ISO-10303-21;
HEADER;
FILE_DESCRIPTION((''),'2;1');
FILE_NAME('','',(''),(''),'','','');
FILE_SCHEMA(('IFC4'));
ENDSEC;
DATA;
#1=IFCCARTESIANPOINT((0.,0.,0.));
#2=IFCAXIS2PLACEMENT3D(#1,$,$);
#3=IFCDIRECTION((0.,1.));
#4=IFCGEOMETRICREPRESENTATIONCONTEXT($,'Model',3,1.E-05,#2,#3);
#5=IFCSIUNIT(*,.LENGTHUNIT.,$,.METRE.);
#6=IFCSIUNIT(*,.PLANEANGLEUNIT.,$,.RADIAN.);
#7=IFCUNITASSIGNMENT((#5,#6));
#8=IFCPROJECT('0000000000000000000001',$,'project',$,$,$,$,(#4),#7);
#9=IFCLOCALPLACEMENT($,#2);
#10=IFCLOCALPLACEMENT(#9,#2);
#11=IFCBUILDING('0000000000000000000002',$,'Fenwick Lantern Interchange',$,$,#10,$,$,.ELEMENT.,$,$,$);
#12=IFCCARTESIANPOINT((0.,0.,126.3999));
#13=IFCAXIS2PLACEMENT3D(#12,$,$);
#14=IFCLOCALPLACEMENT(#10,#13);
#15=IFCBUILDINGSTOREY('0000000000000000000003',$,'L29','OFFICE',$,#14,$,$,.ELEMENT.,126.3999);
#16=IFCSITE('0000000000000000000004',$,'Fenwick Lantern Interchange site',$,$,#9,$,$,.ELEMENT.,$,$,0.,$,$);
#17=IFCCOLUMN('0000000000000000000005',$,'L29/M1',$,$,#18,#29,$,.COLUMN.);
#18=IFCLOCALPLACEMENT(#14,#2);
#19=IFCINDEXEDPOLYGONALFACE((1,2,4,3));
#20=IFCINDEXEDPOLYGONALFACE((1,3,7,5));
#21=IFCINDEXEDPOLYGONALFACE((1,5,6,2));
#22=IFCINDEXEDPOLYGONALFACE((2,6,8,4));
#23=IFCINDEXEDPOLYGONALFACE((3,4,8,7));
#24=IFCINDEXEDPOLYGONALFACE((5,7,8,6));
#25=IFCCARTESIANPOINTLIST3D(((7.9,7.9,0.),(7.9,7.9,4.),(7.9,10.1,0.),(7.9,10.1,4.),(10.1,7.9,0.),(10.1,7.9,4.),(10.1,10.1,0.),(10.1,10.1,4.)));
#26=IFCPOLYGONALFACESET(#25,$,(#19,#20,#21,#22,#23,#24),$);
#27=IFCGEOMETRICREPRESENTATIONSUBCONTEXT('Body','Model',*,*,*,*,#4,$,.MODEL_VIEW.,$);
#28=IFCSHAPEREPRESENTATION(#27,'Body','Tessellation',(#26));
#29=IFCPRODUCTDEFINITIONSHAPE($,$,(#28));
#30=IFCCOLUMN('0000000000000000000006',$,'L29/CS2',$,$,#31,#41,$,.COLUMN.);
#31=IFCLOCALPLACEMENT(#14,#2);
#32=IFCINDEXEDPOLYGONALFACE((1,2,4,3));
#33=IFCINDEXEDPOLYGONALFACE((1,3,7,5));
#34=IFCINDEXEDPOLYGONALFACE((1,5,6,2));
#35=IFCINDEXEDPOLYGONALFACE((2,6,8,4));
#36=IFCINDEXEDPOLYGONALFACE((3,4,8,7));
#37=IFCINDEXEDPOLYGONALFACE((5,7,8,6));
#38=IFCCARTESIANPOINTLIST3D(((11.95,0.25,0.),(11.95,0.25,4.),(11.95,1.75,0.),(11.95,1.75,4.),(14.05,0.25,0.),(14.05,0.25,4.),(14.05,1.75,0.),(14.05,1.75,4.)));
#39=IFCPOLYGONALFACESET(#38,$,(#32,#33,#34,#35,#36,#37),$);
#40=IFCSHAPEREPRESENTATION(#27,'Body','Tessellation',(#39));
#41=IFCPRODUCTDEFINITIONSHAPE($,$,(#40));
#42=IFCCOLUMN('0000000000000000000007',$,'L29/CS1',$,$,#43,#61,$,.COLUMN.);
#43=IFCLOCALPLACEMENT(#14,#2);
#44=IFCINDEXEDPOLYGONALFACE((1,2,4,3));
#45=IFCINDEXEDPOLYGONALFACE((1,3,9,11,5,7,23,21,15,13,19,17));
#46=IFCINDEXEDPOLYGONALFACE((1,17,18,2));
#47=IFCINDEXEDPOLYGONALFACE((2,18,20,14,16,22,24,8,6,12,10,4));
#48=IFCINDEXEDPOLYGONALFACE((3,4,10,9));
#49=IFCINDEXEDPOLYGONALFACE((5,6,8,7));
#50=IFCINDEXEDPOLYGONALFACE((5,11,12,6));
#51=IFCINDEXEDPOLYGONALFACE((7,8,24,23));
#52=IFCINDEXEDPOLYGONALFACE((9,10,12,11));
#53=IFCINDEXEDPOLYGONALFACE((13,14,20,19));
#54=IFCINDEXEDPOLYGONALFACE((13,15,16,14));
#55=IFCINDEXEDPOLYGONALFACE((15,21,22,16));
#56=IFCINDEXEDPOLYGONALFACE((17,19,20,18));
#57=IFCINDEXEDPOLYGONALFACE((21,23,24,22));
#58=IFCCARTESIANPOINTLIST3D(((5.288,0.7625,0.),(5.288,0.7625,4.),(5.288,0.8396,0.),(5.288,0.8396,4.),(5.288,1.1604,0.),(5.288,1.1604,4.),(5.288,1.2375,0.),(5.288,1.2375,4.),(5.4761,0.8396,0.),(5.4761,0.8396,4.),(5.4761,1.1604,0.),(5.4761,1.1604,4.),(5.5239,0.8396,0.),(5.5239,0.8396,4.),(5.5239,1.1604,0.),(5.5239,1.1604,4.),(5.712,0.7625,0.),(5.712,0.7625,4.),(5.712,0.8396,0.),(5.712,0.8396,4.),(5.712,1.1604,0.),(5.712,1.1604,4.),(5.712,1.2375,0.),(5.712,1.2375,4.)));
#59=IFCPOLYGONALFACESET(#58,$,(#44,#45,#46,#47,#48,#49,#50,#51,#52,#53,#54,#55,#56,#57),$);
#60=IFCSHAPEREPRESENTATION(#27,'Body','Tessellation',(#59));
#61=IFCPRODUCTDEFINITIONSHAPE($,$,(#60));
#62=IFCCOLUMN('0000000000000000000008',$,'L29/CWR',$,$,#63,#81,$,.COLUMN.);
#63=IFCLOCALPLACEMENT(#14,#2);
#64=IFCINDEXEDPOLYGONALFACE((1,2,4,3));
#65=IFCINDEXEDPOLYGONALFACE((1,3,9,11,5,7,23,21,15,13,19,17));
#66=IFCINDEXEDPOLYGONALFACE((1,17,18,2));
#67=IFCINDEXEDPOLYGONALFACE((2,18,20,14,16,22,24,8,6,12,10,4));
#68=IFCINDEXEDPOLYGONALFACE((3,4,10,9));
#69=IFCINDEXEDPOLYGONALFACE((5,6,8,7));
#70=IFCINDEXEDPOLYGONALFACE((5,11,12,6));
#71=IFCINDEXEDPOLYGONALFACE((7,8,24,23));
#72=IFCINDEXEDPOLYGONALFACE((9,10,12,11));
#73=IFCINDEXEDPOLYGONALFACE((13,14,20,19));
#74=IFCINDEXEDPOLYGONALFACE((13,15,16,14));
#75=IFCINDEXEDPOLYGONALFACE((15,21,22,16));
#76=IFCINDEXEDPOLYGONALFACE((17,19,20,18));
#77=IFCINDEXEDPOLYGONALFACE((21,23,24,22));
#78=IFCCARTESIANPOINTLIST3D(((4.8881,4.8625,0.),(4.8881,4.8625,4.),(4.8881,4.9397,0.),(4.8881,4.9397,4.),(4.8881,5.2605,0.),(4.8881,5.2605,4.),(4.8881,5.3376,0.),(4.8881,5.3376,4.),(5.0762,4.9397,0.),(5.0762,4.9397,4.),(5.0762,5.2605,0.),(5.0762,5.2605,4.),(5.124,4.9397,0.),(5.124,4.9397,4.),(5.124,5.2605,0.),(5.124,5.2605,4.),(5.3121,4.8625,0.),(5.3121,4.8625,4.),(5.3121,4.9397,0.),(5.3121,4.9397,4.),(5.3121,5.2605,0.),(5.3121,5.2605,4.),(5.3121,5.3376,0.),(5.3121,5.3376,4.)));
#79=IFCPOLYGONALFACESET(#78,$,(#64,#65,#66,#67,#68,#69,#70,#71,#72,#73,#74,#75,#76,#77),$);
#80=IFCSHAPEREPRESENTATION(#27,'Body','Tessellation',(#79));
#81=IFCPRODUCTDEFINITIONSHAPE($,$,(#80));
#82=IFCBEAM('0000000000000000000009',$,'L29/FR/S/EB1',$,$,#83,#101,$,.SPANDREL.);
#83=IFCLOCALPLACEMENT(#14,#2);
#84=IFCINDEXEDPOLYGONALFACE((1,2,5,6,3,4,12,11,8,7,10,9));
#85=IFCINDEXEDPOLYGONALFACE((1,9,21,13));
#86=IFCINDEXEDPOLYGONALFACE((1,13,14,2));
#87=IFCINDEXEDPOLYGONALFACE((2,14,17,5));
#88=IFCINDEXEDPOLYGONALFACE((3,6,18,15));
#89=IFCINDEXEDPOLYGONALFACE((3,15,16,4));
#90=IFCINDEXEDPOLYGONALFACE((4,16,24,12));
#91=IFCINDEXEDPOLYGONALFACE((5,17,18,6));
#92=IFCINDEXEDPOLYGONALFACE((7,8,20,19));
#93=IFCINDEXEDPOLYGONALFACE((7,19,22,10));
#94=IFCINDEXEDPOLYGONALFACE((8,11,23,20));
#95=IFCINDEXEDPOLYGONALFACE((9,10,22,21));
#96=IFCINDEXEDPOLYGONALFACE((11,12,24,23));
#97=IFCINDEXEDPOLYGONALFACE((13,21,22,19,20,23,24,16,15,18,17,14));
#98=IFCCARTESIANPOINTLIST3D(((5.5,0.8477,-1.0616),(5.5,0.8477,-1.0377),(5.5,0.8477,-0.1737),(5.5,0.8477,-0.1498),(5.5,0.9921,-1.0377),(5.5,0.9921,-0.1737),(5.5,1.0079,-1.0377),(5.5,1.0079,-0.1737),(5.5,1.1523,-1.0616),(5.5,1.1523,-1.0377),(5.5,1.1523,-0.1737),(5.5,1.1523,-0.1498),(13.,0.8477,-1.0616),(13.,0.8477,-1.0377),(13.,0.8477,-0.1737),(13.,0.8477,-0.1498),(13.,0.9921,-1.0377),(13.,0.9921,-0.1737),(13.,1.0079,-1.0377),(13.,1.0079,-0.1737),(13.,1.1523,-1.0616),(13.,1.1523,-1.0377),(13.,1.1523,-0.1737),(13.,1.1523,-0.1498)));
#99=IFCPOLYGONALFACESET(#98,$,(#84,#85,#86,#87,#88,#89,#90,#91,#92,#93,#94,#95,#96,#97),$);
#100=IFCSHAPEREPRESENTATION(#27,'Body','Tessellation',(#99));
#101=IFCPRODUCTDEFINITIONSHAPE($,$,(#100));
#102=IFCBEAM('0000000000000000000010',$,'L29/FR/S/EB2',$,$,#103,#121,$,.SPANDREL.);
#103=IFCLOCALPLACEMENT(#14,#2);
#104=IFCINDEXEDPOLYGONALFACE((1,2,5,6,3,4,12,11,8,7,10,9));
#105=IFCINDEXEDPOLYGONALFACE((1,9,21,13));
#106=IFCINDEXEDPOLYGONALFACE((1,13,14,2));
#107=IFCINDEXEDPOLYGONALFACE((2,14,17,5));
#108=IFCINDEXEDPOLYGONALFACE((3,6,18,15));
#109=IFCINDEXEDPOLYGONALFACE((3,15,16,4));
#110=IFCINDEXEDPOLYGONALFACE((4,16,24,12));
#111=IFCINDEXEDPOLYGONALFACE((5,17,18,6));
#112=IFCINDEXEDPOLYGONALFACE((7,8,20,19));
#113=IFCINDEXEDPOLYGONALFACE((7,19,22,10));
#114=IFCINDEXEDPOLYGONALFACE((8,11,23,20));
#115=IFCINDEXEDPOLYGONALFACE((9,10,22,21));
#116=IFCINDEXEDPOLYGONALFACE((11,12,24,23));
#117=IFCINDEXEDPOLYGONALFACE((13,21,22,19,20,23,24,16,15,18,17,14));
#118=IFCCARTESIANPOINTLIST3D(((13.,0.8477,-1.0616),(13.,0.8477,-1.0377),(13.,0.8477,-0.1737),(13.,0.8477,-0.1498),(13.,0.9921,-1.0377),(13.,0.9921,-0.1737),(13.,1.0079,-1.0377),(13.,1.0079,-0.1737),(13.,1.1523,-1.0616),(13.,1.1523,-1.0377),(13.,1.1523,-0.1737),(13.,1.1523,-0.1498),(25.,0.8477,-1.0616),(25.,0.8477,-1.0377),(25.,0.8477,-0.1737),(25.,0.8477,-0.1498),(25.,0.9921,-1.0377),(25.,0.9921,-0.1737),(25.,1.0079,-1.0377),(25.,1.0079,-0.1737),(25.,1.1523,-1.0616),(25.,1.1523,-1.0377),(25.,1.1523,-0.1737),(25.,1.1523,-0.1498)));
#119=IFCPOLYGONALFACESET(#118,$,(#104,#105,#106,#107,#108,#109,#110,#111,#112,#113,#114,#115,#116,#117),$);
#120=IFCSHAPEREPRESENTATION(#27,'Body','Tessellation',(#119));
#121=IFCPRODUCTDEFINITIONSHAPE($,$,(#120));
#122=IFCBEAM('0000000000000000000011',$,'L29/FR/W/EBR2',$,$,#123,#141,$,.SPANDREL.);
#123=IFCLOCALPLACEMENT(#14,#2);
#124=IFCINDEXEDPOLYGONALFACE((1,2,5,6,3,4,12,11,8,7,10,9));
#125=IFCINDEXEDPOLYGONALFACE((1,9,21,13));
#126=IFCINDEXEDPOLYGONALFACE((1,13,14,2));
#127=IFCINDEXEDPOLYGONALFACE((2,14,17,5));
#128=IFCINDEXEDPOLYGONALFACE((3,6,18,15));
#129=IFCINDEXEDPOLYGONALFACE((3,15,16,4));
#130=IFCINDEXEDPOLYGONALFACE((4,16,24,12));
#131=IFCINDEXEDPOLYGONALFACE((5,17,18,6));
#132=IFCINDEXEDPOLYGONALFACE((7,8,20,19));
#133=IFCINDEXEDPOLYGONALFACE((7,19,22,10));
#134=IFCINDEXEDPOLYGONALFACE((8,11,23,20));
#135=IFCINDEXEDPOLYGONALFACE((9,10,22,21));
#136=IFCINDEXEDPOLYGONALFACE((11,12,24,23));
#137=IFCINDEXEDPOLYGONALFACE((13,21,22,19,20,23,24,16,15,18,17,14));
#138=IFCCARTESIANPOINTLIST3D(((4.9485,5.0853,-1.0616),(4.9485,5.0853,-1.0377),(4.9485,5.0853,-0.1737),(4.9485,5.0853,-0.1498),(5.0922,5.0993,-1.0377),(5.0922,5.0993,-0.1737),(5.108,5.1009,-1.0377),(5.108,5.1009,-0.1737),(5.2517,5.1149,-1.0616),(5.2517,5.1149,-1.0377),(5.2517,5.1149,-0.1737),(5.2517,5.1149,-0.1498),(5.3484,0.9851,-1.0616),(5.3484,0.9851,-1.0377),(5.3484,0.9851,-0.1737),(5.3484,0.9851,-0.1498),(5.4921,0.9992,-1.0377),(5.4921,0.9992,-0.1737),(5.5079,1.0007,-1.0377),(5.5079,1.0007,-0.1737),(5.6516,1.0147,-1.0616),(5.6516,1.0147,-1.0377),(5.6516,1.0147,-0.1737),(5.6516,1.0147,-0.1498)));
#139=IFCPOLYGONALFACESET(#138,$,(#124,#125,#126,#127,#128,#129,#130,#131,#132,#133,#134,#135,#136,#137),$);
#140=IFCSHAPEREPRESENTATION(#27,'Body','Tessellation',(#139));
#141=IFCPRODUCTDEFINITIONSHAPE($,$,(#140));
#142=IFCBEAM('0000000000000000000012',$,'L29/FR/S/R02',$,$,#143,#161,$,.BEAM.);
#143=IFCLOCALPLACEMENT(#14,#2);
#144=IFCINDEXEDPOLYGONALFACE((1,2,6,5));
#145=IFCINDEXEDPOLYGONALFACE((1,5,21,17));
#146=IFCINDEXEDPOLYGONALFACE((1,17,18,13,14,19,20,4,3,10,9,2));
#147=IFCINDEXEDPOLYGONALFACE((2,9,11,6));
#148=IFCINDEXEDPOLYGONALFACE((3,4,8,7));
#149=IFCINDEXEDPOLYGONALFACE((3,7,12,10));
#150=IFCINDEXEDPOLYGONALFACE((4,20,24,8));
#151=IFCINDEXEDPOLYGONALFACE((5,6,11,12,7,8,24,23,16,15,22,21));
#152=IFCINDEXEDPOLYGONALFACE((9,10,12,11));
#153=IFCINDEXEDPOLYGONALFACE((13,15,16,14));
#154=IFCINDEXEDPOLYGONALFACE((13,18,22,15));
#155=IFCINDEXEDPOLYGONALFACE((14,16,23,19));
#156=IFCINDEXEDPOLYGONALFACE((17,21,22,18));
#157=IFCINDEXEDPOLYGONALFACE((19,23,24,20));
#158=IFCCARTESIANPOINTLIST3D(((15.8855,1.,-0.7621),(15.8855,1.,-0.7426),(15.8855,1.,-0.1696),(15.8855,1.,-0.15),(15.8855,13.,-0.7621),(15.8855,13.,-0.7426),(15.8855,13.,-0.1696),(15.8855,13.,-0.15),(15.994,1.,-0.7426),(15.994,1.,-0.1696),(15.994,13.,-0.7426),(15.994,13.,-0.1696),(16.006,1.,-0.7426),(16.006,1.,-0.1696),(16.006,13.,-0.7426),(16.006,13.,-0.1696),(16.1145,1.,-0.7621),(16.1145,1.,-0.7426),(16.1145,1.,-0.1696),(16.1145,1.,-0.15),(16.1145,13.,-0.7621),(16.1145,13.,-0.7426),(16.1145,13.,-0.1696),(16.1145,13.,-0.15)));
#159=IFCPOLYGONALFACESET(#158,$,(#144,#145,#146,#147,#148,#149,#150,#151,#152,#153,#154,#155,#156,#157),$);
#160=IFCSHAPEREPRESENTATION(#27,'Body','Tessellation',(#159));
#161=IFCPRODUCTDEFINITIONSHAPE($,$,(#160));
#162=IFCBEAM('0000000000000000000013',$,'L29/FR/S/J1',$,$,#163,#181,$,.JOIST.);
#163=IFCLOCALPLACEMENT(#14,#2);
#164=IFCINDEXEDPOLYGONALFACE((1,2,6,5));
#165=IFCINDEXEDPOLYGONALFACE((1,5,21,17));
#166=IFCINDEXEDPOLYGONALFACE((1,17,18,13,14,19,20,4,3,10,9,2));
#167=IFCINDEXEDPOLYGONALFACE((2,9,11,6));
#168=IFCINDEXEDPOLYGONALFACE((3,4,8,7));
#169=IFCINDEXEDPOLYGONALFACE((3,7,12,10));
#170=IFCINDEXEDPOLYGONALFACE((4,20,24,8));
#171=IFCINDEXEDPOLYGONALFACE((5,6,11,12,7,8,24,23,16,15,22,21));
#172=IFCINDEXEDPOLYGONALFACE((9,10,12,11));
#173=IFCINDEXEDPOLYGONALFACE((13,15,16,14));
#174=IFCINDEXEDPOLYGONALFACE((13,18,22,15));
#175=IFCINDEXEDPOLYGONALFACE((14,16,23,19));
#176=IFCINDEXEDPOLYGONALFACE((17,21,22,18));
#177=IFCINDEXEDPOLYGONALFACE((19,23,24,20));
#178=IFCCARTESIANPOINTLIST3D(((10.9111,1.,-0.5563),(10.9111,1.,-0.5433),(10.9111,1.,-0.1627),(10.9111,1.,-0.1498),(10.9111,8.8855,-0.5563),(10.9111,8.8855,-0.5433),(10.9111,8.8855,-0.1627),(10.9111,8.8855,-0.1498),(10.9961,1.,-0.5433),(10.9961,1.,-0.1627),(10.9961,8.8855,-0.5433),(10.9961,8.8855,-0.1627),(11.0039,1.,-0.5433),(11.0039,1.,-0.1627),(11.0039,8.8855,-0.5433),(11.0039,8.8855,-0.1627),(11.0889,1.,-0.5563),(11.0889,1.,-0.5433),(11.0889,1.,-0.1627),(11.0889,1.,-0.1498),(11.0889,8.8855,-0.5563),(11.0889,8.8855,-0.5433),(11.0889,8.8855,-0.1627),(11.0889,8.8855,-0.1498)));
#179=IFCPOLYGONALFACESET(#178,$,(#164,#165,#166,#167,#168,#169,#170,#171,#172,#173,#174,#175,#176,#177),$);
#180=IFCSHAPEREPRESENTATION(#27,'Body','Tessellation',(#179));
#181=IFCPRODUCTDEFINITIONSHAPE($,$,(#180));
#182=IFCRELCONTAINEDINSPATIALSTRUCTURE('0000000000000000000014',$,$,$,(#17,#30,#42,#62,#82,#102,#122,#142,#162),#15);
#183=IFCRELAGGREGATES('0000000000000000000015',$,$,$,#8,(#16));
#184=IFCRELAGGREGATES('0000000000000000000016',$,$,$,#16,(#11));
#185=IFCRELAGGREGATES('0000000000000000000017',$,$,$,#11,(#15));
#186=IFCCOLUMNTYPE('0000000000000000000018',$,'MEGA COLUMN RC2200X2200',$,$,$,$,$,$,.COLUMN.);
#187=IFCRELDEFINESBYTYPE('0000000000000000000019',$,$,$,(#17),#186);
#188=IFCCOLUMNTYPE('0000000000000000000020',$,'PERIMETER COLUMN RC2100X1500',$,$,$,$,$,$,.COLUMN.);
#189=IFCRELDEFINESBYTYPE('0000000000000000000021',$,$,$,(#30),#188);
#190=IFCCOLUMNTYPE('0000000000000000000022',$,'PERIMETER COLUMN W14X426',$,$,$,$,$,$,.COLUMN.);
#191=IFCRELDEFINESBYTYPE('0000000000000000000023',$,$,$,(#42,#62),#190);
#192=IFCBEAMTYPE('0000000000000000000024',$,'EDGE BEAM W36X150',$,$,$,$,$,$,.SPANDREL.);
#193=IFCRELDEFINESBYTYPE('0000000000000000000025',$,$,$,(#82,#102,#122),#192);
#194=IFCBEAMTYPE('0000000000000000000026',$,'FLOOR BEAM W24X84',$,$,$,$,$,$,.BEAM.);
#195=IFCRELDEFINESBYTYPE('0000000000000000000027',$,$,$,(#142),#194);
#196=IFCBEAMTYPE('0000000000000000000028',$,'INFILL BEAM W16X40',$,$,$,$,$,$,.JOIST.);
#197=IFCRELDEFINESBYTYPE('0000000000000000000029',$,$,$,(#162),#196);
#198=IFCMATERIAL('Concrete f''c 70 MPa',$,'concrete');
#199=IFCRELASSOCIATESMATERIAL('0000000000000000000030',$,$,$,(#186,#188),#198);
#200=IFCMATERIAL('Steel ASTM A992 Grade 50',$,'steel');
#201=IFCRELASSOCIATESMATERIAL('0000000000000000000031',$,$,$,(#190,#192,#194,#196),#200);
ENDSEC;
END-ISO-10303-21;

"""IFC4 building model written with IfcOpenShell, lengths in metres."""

from ifc_helpers import new_model, si_unit, direction, frame, origin, origin_2d, place, context, subcontext, project, spatial, rectangle, i_section, extrude, material, material_profile, profile_set, type_object, element, save


model = new_model("IFC4")

# Units and contexts
model_context = context("Model", 3, precision=1e-05, world=origin(), true_north=direction((0.0, 1.0)))
body_context = subcontext(model_context, "Body", "Model", "MODEL_VIEW")
ifc_project = project(units=[si_unit("LENGTHUNIT", "METRE"), si_unit("PLANEANGLEUNIT", "RADIAN")], contexts=[model_context])

# Site, building, storey
site_placement = place(None, origin())
site = spatial("IfcSite", under=ifc_project, at=site_placement, Name="Fenwick Lantern Interchange site", CompositionType="ELEMENT", RefElevation=0.0)
building_placement = place(site_placement, origin())
building = spatial("IfcBuilding", under=site, at=building_placement, Name="Fenwick Lantern Interchange", CompositionType="ELEMENT")
storey_placement = place(building_placement, frame((0.0, 0.0, 126.3999)))
storey = spatial("IfcBuildingStorey", under=building, at=storey_placement, Name="L29", Description="OFFICE", CompositionType="ELEMENT", Elevation=126.3999)

# Columns
ifc_material_1 = material(Name="Concrete f'c 70 MPa", Category="concrete")
ifc_material_profile_1 = material_profile(ifc_material_1, rectangle(XDim=2.2, YDim=2.2, at=origin_2d()), Name="RC2200X2200")
ifc_profile_set_1 = profile_set([ifc_material_profile_1], Name="Concrete f'c 70 MPa")
column_type_1 = type_object("IfcColumnType", Name="MEGA COLUMN RC2200X2200", PredefinedType="COLUMN", material=ifc_profile_set_1)
column_1_placement = place(storey_placement, frame((9.0, 9.0, 0.0), z_axis=(0.0, 0.0, 1.0), x_axis=(1.0, 0.0, 0.0)))
element("IfcColumn", 1, at=column_1_placement, inside=storey, type_object=column_type_1, Name="L29/M1", PredefinedType="COLUMN", context=body_context, shape_type="SweptSolid", body=[
    extrude(rectangle(XDim=2.2, YDim=2.2, at=origin_2d()), origin(), (0.0, 0.0, 1.0), 4.0),
])
ifc_material_profile_2 = material_profile(ifc_material_1, rectangle(XDim=2.1001, YDim=1.5, at=origin_2d()), Name="RC2100X1500")
ifc_profile_set_2 = profile_set([ifc_material_profile_2], Name="Concrete f'c 70 MPa")
column_type_2 = type_object("IfcColumnType", Name="PERIMETER COLUMN RC2100X1500", PredefinedType="COLUMN", material=ifc_profile_set_2)
column_2_placement = place(storey_placement, frame((13.0, 1.0, 0.0), z_axis=(0.0, 0.0, 1.0), x_axis=(1.0, 0.0, 0.0)))
element("IfcColumn", 2, at=column_2_placement, inside=storey, type_object=column_type_2, Name="L29/CS2", PredefinedType="COLUMN", context=body_context, shape_type="SweptSolid", body=[
    extrude(rectangle(XDim=2.1001, YDim=1.5, at=origin_2d()), origin(), (0.0, 0.0, 1.0), 4.0),
])
ifc_material_2 = material(Name="Steel ASTM A992 Grade 50", Category="steel")
ifc_material_profile_3 = material_profile(ifc_material_2, i_section(OverallWidth=0.4241, OverallDepth=0.4751, WebThickness=0.0479, FlangeThickness=0.0771, at=origin_2d()), Name="W14X426")
ifc_profile_set_3 = profile_set([ifc_material_profile_3], Name="Steel ASTM A992 Grade 50")
column_type_3 = type_object("IfcColumnType", Name="PERIMETER COLUMN W14X426", PredefinedType="COLUMN", material=ifc_profile_set_3)
for number, where, z_axis, x_axis, name in (
    (3, (5.5, 1.0, 0.0), (0.0, 0.0, 1.0), (1.0, 0.0, 0.0), "L29/CS1"),
    (4, (5.1001, 5.1001, 0.0), (0.0, 0.0, 1.0), (1.0, 0.0, 0.0), "L29/CWR"),
):
    element("IfcColumn", number, at=place(storey_placement, frame(where, z_axis=z_axis, x_axis=x_axis)), inside=storey, type_object=column_type_3, Name=name, PredefinedType="COLUMN", context=body_context, shape_type="SweptSolid", body=[
        extrude(i_section(OverallWidth=0.4241, OverallDepth=0.4751, WebThickness=0.0479, FlangeThickness=0.0771, at=origin_2d()), origin(), (0.0, 0.0, 1.0), 4.0),
    ])

# Beams
ifc_material_profile_4 = material_profile(ifc_material_2, i_section(OverallWidth=0.3047, OverallDepth=0.9119, WebThickness=0.0159, FlangeThickness=0.0239, at=origin_2d()), Name="W36X150")
ifc_profile_set_4 = profile_set([ifc_material_profile_4], Name="Steel ASTM A992 Grade 50")
beam_type_1 = type_object("IfcBeamType", Name="EDGE BEAM W36X150", PredefinedType="SPANDREL", material=ifc_profile_set_4)
beam_1_placement = place(storey_placement, frame((5.5, 1.0, -0.6057), z_axis=(1.0, 0.0, 0.0), x_axis=(0.0, 1.0, 0.0)))
element("IfcBeam", 5, at=beam_1_placement, inside=storey, type_object=beam_type_1, Name="L29/FR/S/EB1", PredefinedType="SPANDREL", context=body_context, shape_type="SweptSolid", body=[
    extrude(i_section(OverallWidth=0.3047, OverallDepth=0.9119, WebThickness=0.0159, FlangeThickness=0.0239, at=origin_2d()), origin(), (0.0, 0.0, 1.0), 7.5),
])
beam_2_placement = place(storey_placement, frame((13.0, 1.0, -0.6057), z_axis=(1.0, 0.0, 0.0), x_axis=(0.0, 1.0, 0.0)))
element("IfcBeam", 6, at=beam_2_placement, inside=storey, type_object=beam_type_1, Name="L29/FR/S/EB2", PredefinedType="SPANDREL", context=body_context, shape_type="SweptSolid", body=[
    extrude(i_section(OverallWidth=0.3047, OverallDepth=0.9119, WebThickness=0.0159, FlangeThickness=0.0239, at=origin_2d()), origin(), (0.0, 0.0, 1.0), 12.0),
])
beam_3_placement = place(storey_placement, frame((5.1001, 5.1001, -0.6057), z_axis=(0.097074, -0.995277, 0.0), x_axis=(0.995277, 0.097074, 0.0)))
element("IfcBeam", 7, at=beam_3_placement, inside=storey, type_object=beam_type_1, Name="L29/FR/W/EBR2", PredefinedType="SPANDREL", context=body_context, shape_type="SweptSolid", body=[
    extrude(i_section(OverallWidth=0.3047, OverallDepth=0.9119, WebThickness=0.0159, FlangeThickness=0.0239, at=origin_2d()), origin(), (0.0, 0.0, 1.0), 4.1196),
])
ifc_material_profile_5 = material_profile(ifc_material_2, i_section(OverallWidth=0.229, OverallDepth=0.6121, WebThickness=0.012, FlangeThickness=0.0195, at=origin_2d()), Name="W24X84")
ifc_profile_set_5 = profile_set([ifc_material_profile_5], Name="Steel ASTM A992 Grade 50")
beam_type_2 = type_object("IfcBeamType", Name="FLOOR BEAM W24X84", PredefinedType="BEAM", material=ifc_profile_set_5)
beam_4_placement = place(storey_placement, frame((16.0, 1.0, -0.4561), z_axis=(0.0, 1.0, 0.0), x_axis=(-1.0, 0.0, 0.0)))
element("IfcBeam", 8, at=beam_4_placement, inside=storey, type_object=beam_type_2, Name="L29/FR/S/R02", PredefinedType="BEAM", context=body_context, shape_type="SweptSolid", body=[
    extrude(i_section(OverallWidth=0.229, OverallDepth=0.6121, WebThickness=0.012, FlangeThickness=0.0195, at=origin_2d()), origin(), (0.0, 0.0, 1.0), 12.0),
])
ifc_material_profile_6 = material_profile(ifc_material_2, i_section(OverallWidth=0.1777, OverallDepth=0.4065, WebThickness=0.0078, FlangeThickness=0.0129, at=origin_2d()), Name="W16X40")
ifc_profile_set_6 = profile_set([ifc_material_profile_6], Name="Steel ASTM A992 Grade 50")
beam_type_3 = type_object("IfcBeamType", Name="INFILL BEAM W16X40", PredefinedType="JOIST", material=ifc_profile_set_6)
beam_5_placement = place(storey_placement, frame((11.0, 1.0, -0.353), z_axis=(0.0, 1.0, 0.0), x_axis=(-1.0, 0.0, 0.0)))
element("IfcBeam", 9, at=beam_5_placement, inside=storey, type_object=beam_type_3, Name="L29/FR/S/J1", PredefinedType="JOIST", context=body_context, shape_type="SweptSolid", body=[
    extrude(i_section(OverallWidth=0.1777, OverallDepth=0.4065, WebThickness=0.0078, FlangeThickness=0.0129, at=origin_2d()), origin(), (0.0, 0.0, 1.0), 7.8855),
])

save(model, "model.ifc")
